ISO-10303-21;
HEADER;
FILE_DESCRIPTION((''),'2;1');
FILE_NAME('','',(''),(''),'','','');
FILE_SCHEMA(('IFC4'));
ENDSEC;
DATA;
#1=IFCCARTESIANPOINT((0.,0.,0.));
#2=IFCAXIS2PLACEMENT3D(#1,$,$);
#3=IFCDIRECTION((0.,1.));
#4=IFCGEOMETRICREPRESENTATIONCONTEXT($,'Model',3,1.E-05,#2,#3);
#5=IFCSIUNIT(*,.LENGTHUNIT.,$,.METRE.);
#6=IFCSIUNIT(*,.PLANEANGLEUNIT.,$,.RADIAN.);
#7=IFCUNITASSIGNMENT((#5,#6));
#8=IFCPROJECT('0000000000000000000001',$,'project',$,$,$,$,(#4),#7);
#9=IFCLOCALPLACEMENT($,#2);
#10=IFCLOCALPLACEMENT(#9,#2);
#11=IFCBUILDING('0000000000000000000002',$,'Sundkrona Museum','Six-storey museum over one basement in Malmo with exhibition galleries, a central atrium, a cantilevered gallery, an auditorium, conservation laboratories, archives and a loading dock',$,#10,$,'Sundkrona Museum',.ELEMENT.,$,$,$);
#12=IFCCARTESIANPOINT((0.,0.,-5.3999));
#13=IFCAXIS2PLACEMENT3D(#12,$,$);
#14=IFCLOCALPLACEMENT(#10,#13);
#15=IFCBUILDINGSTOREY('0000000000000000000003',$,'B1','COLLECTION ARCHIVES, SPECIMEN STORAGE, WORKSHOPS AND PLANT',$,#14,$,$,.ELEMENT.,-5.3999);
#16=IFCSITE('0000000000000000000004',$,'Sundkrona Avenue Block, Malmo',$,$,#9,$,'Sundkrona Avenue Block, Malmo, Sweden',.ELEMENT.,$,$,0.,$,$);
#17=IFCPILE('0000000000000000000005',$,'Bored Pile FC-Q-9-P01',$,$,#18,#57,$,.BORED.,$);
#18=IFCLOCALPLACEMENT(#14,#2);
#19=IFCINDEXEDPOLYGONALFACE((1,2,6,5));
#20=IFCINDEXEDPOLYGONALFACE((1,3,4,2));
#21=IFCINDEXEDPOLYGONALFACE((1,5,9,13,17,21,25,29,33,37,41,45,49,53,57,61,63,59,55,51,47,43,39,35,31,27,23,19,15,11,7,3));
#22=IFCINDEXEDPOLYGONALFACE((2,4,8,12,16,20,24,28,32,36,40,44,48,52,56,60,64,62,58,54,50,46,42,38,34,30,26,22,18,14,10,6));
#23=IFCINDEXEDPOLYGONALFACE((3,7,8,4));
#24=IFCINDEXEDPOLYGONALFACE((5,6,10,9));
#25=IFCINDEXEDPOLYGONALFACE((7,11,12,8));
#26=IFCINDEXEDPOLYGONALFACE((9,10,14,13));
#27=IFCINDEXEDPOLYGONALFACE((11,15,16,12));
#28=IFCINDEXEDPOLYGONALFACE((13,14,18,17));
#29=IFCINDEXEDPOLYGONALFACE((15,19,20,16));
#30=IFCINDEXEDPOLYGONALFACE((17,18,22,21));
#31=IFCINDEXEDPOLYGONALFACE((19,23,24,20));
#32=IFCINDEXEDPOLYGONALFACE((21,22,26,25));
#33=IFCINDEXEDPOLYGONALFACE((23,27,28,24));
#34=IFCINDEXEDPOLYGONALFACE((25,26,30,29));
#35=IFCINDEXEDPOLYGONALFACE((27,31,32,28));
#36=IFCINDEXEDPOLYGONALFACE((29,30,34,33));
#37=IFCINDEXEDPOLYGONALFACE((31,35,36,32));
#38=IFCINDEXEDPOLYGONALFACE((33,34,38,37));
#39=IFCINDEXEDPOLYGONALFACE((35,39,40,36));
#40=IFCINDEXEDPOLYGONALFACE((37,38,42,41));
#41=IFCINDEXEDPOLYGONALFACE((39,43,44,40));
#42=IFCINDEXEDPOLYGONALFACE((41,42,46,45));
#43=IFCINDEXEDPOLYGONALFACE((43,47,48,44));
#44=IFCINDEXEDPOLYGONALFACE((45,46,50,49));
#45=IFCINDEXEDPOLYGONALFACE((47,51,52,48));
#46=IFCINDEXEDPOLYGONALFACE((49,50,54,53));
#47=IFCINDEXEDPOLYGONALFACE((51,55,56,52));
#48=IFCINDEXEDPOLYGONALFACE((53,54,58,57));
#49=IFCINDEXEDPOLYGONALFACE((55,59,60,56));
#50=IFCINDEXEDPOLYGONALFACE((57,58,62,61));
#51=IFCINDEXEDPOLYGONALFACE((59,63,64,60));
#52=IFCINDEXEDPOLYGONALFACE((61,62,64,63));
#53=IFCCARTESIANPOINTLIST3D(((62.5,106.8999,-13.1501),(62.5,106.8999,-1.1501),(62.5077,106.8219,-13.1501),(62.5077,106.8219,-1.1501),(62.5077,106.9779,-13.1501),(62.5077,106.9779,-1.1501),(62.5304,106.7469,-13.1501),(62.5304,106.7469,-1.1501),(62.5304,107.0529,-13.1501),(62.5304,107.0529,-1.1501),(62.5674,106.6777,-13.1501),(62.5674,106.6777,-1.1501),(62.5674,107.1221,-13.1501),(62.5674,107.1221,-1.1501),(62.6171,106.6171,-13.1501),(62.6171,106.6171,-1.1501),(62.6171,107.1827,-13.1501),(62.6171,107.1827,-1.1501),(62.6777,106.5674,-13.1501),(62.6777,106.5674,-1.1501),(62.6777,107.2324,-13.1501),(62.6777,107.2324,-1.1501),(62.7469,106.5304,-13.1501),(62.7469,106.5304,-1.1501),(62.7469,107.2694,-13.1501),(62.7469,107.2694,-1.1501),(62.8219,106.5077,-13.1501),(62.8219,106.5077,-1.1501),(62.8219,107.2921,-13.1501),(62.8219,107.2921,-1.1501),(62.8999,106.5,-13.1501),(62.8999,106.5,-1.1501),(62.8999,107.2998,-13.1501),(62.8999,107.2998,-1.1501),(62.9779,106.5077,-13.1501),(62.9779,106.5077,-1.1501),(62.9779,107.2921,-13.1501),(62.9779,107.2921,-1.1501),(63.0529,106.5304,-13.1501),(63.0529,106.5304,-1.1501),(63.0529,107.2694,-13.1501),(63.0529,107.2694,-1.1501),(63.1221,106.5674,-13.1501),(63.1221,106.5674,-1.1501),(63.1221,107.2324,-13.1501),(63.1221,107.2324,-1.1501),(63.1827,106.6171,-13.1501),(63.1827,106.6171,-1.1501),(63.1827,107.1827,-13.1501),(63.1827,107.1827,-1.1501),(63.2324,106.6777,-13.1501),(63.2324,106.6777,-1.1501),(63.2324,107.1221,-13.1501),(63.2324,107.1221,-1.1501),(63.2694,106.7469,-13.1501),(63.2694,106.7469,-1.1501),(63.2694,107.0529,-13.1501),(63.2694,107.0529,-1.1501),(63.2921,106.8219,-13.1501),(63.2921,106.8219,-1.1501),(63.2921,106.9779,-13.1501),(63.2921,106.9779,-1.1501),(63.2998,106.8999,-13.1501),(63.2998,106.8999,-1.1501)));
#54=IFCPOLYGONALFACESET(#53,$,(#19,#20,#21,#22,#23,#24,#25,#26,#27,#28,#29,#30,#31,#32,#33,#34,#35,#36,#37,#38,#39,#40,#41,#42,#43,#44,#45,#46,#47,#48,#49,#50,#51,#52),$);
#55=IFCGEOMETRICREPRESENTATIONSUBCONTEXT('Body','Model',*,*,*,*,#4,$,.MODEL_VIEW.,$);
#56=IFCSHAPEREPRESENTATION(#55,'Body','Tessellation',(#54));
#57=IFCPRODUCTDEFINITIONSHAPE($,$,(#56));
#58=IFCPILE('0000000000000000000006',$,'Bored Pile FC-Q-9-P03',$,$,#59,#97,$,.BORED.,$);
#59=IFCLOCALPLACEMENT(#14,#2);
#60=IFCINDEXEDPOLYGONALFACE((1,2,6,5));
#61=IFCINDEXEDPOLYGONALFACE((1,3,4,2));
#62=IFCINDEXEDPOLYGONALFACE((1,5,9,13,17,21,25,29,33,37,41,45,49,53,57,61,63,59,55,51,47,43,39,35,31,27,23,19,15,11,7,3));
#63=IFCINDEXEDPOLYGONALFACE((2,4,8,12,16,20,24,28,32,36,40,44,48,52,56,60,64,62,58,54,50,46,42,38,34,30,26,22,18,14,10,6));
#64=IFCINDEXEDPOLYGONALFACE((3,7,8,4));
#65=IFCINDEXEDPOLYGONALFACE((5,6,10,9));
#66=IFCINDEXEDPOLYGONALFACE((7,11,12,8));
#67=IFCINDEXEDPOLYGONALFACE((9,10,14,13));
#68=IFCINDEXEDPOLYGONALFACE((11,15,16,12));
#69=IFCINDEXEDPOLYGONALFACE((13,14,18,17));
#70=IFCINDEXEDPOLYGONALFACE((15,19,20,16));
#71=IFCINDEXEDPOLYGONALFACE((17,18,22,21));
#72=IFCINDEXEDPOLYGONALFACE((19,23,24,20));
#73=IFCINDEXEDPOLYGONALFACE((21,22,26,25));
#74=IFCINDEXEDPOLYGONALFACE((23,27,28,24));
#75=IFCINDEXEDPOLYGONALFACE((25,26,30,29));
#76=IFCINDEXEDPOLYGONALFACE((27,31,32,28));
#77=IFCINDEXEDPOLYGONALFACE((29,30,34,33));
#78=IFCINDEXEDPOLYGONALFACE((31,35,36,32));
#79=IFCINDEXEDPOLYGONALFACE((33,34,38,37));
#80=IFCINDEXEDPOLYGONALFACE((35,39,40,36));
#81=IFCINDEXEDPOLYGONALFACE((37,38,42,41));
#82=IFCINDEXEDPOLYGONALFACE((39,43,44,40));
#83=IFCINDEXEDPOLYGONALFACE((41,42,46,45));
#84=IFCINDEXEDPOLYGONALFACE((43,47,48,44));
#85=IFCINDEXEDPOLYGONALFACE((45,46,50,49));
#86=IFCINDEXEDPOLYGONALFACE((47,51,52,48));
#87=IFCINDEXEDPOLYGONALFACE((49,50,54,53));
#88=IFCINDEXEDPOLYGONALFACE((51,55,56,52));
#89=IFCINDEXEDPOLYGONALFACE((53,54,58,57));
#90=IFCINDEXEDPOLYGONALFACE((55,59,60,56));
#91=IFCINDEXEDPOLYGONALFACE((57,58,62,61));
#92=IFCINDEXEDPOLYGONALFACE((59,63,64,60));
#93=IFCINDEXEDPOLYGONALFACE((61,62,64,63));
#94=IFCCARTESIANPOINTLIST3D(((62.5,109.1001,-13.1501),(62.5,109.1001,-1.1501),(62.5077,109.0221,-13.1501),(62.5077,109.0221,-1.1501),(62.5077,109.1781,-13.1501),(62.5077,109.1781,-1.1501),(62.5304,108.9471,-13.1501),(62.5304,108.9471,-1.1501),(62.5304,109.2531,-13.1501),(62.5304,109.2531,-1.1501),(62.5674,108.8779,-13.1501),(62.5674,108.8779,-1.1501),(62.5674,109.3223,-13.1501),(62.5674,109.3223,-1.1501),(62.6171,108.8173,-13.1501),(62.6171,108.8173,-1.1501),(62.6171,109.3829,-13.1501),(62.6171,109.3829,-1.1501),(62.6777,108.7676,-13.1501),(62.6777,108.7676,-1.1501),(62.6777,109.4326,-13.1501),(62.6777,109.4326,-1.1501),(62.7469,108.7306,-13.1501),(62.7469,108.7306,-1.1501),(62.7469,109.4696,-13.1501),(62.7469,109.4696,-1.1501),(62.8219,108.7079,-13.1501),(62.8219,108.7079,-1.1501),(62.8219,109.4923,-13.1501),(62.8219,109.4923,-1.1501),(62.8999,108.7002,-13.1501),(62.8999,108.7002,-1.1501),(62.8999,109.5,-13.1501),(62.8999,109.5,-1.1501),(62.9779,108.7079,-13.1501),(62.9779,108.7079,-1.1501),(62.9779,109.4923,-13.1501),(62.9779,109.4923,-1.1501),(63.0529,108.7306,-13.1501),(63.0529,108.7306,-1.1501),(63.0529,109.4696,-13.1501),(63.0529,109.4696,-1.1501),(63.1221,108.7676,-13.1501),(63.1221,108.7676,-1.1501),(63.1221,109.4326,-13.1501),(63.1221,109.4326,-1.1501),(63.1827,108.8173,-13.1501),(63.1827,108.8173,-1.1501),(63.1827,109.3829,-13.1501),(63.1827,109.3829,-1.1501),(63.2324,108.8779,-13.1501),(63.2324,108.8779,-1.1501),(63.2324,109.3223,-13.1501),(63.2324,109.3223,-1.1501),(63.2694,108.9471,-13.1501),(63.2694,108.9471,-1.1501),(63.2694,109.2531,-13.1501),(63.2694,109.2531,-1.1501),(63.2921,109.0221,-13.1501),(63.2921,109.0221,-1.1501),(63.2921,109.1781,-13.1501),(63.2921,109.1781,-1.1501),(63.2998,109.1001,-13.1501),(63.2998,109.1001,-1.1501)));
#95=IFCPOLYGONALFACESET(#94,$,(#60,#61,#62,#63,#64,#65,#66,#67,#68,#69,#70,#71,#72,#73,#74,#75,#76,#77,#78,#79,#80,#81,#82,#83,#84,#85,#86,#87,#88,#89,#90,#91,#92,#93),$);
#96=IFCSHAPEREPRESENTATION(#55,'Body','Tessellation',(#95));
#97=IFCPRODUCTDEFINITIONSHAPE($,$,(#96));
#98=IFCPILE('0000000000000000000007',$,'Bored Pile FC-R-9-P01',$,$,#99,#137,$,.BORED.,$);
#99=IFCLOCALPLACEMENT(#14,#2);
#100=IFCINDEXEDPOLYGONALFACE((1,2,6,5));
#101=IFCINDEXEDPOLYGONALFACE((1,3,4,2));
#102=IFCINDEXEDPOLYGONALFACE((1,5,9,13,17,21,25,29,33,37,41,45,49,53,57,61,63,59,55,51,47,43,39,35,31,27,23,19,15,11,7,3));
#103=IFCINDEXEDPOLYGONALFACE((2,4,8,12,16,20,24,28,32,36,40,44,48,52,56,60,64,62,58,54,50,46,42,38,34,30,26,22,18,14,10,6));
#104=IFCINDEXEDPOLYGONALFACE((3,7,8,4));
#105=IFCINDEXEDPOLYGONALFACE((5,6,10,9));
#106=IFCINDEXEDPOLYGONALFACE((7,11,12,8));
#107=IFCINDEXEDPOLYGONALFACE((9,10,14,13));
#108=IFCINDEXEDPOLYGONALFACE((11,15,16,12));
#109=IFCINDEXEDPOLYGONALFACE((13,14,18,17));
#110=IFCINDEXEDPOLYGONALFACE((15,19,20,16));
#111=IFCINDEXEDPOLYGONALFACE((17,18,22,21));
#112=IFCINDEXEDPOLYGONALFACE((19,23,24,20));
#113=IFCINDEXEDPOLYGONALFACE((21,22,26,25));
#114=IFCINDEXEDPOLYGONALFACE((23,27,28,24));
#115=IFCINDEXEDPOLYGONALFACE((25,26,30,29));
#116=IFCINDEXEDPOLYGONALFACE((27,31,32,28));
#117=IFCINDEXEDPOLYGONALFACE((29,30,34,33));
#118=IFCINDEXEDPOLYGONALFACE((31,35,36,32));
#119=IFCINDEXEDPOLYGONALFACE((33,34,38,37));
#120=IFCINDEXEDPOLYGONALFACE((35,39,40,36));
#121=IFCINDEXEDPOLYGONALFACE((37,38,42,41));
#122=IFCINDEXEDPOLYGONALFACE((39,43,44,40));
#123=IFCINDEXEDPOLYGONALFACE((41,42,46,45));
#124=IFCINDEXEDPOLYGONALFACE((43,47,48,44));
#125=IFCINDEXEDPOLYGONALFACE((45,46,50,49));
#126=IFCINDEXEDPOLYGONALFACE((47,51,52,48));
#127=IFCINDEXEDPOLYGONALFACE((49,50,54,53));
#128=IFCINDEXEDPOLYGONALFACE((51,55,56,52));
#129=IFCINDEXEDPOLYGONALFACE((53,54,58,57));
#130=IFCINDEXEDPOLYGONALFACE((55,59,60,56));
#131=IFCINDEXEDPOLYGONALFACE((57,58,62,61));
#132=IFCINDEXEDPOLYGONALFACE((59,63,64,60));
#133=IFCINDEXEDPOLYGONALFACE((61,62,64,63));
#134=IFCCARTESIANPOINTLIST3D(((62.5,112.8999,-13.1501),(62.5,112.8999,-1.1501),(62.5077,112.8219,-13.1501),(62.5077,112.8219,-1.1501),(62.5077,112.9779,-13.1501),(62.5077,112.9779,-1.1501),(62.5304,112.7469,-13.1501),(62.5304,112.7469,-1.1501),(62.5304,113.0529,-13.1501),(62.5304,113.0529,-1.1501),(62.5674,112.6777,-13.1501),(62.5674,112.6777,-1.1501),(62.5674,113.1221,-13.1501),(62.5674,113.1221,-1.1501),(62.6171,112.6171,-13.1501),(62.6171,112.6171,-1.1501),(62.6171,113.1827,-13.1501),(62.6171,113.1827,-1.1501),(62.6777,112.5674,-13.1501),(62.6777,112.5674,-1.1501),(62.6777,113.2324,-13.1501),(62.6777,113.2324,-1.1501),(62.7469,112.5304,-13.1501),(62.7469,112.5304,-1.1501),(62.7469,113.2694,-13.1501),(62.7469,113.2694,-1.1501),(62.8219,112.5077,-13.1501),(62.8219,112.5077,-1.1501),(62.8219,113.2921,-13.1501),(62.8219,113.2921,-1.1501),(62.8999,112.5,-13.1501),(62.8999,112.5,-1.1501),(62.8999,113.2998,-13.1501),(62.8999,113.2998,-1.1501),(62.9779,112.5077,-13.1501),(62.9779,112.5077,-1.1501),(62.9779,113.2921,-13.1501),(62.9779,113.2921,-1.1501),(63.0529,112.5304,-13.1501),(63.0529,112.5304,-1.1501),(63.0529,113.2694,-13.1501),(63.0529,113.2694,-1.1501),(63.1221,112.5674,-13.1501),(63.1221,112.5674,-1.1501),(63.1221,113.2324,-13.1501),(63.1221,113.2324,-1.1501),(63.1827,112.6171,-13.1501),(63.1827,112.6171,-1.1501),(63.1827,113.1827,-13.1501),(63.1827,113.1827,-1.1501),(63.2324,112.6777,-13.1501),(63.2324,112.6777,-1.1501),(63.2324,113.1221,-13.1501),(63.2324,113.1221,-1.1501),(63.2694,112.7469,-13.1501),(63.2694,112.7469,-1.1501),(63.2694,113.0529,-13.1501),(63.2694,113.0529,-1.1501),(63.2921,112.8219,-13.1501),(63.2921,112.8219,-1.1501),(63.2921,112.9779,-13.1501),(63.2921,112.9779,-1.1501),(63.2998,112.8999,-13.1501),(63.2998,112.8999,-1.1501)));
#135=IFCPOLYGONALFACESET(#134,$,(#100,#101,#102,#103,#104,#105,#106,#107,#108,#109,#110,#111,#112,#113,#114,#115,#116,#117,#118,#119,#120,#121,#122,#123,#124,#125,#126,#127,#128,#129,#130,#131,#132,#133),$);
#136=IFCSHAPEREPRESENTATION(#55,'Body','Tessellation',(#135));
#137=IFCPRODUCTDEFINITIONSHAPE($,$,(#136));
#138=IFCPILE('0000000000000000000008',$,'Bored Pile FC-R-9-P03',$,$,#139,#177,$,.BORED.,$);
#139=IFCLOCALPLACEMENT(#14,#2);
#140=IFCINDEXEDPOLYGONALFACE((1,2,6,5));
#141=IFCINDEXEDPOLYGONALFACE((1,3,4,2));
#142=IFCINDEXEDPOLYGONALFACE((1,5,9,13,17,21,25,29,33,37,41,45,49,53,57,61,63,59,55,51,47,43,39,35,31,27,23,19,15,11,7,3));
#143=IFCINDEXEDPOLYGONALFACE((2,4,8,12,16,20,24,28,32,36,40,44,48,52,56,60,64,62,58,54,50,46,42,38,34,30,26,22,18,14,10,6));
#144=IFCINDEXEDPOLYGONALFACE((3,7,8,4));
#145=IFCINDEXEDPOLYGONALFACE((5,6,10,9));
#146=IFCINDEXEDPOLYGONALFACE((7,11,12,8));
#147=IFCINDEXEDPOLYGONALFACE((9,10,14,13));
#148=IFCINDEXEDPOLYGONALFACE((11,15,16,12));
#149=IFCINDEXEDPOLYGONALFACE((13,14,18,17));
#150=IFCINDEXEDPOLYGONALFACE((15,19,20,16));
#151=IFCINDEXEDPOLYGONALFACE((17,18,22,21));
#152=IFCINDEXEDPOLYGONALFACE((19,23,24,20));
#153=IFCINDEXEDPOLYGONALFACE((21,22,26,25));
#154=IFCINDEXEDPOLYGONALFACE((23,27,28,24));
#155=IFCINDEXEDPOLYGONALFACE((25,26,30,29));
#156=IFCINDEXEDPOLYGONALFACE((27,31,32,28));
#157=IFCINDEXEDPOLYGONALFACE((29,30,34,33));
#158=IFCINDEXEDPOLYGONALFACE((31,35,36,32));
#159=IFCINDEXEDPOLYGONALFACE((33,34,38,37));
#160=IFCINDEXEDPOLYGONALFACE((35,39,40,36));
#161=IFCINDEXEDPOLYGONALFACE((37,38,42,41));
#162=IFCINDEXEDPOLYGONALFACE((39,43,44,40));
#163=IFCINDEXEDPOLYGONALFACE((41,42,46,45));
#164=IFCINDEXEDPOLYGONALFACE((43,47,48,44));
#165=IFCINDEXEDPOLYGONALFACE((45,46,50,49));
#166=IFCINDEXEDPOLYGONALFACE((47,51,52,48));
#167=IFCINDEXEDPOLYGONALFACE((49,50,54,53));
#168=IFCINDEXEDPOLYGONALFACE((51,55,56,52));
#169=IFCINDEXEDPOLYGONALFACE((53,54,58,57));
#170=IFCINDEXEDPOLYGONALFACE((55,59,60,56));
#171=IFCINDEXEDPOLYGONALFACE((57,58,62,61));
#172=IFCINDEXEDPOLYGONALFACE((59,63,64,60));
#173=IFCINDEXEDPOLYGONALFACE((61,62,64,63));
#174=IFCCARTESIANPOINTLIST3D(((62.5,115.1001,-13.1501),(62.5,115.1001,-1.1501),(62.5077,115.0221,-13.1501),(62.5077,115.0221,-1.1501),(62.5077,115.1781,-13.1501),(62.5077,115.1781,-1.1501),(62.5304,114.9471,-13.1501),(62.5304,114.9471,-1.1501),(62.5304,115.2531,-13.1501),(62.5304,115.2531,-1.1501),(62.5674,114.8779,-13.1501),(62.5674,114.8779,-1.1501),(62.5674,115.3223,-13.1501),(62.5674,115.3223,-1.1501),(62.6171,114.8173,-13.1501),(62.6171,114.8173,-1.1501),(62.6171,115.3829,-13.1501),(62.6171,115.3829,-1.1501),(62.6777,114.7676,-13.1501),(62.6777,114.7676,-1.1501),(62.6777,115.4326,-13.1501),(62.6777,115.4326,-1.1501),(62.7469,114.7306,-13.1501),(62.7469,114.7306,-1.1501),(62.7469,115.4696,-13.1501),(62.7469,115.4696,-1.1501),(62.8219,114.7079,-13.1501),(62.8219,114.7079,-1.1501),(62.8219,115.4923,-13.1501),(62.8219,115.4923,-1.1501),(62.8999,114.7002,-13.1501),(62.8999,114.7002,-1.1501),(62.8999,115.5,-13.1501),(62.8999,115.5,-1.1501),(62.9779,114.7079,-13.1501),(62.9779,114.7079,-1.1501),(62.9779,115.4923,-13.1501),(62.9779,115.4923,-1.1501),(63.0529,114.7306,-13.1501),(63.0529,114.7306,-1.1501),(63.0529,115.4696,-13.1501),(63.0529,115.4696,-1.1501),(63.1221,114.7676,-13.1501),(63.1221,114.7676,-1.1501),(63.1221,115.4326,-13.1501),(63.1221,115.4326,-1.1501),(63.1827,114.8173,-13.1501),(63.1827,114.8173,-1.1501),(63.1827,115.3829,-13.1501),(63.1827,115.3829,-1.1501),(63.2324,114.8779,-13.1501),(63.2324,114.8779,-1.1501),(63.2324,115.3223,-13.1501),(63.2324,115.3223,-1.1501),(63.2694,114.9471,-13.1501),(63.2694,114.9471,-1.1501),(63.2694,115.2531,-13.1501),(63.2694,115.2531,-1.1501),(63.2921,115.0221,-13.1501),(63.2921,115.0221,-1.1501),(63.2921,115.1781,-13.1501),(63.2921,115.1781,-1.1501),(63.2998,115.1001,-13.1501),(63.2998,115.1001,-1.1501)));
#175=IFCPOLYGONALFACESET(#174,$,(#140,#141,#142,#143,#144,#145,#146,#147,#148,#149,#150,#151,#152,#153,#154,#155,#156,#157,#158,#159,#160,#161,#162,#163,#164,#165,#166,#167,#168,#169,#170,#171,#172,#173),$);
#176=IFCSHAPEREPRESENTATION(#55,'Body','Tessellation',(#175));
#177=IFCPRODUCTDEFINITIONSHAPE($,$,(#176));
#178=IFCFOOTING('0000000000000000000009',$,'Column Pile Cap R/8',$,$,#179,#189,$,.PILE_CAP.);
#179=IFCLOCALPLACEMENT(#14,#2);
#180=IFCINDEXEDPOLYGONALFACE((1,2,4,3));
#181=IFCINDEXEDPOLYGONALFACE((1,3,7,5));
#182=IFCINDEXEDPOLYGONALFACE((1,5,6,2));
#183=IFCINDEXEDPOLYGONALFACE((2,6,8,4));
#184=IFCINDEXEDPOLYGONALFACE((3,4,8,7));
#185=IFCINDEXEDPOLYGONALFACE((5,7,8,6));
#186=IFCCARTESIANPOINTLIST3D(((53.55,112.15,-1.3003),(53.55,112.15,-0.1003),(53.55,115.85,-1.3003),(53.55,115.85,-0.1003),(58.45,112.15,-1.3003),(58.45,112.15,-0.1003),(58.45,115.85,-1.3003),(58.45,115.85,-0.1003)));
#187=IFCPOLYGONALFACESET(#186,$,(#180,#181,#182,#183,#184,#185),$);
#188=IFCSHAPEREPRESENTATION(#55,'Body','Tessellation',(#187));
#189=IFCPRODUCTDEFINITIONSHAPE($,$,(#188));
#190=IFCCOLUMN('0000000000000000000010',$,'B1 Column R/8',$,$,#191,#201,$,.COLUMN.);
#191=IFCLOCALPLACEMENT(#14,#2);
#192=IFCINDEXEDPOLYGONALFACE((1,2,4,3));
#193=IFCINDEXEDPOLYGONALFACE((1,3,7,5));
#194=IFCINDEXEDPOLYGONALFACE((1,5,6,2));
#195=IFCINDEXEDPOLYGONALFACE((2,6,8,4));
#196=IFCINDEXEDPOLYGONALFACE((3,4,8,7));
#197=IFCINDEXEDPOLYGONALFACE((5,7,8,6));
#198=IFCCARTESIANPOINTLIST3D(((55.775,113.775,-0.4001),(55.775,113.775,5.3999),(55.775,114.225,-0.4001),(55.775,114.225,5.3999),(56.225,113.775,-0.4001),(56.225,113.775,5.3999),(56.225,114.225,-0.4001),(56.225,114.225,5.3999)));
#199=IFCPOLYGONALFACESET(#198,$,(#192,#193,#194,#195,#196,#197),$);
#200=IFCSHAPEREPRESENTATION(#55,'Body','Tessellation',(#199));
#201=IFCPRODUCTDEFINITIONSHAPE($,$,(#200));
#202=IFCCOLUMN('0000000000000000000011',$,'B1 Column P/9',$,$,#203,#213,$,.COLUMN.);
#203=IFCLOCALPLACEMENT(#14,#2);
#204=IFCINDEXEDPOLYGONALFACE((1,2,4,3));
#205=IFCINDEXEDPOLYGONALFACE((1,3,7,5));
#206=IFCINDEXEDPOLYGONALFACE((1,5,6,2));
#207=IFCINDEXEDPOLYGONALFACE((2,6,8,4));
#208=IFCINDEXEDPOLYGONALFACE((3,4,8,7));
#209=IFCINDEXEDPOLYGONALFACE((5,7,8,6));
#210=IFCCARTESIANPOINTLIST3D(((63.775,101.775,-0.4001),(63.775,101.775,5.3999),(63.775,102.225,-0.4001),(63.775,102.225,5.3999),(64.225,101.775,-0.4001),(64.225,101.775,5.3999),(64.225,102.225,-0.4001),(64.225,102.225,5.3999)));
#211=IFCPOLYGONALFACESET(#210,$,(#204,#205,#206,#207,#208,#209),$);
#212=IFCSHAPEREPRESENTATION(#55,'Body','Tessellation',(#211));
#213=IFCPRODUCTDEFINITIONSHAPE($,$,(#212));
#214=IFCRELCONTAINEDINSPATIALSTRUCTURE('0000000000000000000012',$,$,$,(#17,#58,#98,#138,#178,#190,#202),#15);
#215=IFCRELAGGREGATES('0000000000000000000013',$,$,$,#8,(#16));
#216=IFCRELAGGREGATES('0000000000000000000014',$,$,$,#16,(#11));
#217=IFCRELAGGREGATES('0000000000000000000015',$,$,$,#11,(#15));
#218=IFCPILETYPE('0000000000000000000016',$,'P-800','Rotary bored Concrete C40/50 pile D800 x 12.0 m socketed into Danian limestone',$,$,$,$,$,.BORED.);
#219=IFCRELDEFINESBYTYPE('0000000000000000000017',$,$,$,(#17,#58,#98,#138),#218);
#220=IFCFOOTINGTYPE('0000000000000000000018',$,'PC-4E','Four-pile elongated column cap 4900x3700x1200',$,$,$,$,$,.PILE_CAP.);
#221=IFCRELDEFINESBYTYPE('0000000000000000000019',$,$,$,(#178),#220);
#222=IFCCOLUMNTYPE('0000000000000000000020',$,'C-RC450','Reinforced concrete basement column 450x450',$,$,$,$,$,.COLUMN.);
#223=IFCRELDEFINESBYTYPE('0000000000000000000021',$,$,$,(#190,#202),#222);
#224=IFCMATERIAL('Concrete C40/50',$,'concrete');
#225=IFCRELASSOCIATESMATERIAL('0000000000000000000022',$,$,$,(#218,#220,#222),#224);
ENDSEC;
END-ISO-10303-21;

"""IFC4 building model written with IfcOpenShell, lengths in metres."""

from ifc_helpers import new_model, si_unit, direction, frame, origin, origin_2d, place, context, subcontext, project, spatial, rectangle, circle, extrude, material, material_profile, profile_set, type_object, element, save


model = new_model("IFC4")

# Units and contexts
model_context = context("Model", 3, precision=1e-05, world=origin(), true_north=direction((0.0, 1.0)))
body_context = subcontext(model_context, "Body", "Model", "MODEL_VIEW")
ifc_project = project(units=[si_unit("LENGTHUNIT", "METRE"), si_unit("PLANEANGLEUNIT", "RADIAN")], contexts=[model_context])

# Site, building, storey
site_placement = place(None, origin())
site = spatial("IfcSite", under=ifc_project, at=site_placement, Name="Sundkrona Avenue Block, Malmo", LongName="Sundkrona Avenue Block, Malmo, Sweden", CompositionType="ELEMENT", RefElevation=0.0)
building_placement = place(site_placement, origin())
building = spatial("IfcBuilding", under=site, at=building_placement, Name="Sundkrona Museum", Description="Six-storey museum over one basement in Malmo with exhibition galleries, a central atrium, a cantilevered gallery, an auditorium, conservation laboratories, archives and a loading dock", LongName="Sundkrona Museum", CompositionType="ELEMENT")
storey_placement = place(building_placement, frame((0.0, 0.0, -5.3999)))
storey = spatial("IfcBuildingStorey", under=building, at=storey_placement, Name="B1", Description="COLLECTION ARCHIVES, SPECIMEN STORAGE, WORKSHOPS AND PLANT", CompositionType="ELEMENT", Elevation=-5.3999)

# Shared definitions
ifc_material_1 = material(Name="Concrete C40/50", Category="concrete")

# Piles
ifc_material_profile_1 = material_profile(ifc_material_1, circle(Radius=0.3999, at=origin_2d()), Name="PILE D800")
ifc_profile_set_1 = profile_set([ifc_material_profile_1], Name="Concrete C40/50")
pile_type = type_object("IfcPileType", Name="P-800", Description="Rotary bored Concrete C40/50 pile D800 x 12.0 m socketed into Danian limestone", PredefinedType="BORED", material=ifc_profile_set_1)
for number, where, z_axis, x_axis, name in (
    (1, (62.8999, 106.8999, -1.1501), (0.0, 0.0, -1.0), (1.0, 0.0, 0.0), "Bored Pile FC-Q-9-P01"),
    (2, (62.8999, 109.1001, -1.1501), (0.0, 0.0, -1.0), (1.0, 0.0, 0.0), "Bored Pile FC-Q-9-P03"),
    (3, (62.8999, 112.8999, -1.1501), (0.0, 0.0, -1.0), (1.0, 0.0, 0.0), "Bored Pile FC-R-9-P01"),
    (4, (62.8999, 115.1001, -1.1501), (0.0, 0.0, -1.0), (1.0, 0.0, 0.0), "Bored Pile FC-R-9-P03"),
):
    element("IfcPile", number, at=place(storey_placement, frame(where, z_axis=z_axis, x_axis=x_axis)), inside=storey, type_object=pile_type, Name=name, PredefinedType="BORED", context=body_context, shape_type="SweptSolid", body=[
        extrude(circle(Radius=0.3999, at=origin_2d()), origin(), (0.0, 0.0, 1.0), 12.0),
    ])

# Footing
footing_type_1 = type_object("IfcFootingType", Name="PC-4E", Description="Four-pile elongated column cap 4900x3700x1200", PredefinedType="PILE_CAP", material=ifc_material_1)
footing_1_placement = place(storey_placement, frame((56.0, 114.0, -1.3003), z_axis=(0.0, 0.0, 1.0), x_axis=(1.0, 0.0, 0.0)))
element("IfcFooting", 5, at=footing_1_placement, inside=storey, type_object=footing_type_1, Name="Column Pile Cap R/8", PredefinedType="PILE_CAP", context=body_context, shape_type="SweptSolid", body=[
    extrude(rectangle(XDim=4.8999, YDim=3.7, at=origin_2d()), origin(), (0.0, 0.0, 1.0), 1.2),
])

# Columns
ifc_material_profile_2 = material_profile(ifc_material_1, rectangle(XDim=0.45, YDim=0.45, at=origin_2d()), Name="RC 450x450")
ifc_profile_set_2 = profile_set([ifc_material_profile_2], Name="Concrete C40/50")
column_type = type_object("IfcColumnType", Name="C-RC450", Description="Reinforced concrete basement column 450x450", PredefinedType="COLUMN", material=ifc_profile_set_2)
for number, where, z_axis, x_axis, name in (
    (6, (56.0, 114.0, -0.4001), (0.0, 0.0, 1.0), (1.0, 0.0, 0.0), "B1 Column R/8"),
    (7, (64.0, 102.0, -0.4001), (0.0, 0.0, 1.0), (1.0, 0.0, 0.0), "B1 Column P/9"),
):
    element("IfcColumn", number, at=place(storey_placement, frame(where, z_axis=z_axis, x_axis=x_axis)), inside=storey, type_object=column_type, Name=name, PredefinedType="COLUMN", context=body_context, shape_type="SweptSolid", body=[
        extrude(rectangle(XDim=0.45, YDim=0.45, at=origin_2d()), origin(), (0.0, 0.0, 1.0), 5.8),
    ])

save(model, "model.ifc")
